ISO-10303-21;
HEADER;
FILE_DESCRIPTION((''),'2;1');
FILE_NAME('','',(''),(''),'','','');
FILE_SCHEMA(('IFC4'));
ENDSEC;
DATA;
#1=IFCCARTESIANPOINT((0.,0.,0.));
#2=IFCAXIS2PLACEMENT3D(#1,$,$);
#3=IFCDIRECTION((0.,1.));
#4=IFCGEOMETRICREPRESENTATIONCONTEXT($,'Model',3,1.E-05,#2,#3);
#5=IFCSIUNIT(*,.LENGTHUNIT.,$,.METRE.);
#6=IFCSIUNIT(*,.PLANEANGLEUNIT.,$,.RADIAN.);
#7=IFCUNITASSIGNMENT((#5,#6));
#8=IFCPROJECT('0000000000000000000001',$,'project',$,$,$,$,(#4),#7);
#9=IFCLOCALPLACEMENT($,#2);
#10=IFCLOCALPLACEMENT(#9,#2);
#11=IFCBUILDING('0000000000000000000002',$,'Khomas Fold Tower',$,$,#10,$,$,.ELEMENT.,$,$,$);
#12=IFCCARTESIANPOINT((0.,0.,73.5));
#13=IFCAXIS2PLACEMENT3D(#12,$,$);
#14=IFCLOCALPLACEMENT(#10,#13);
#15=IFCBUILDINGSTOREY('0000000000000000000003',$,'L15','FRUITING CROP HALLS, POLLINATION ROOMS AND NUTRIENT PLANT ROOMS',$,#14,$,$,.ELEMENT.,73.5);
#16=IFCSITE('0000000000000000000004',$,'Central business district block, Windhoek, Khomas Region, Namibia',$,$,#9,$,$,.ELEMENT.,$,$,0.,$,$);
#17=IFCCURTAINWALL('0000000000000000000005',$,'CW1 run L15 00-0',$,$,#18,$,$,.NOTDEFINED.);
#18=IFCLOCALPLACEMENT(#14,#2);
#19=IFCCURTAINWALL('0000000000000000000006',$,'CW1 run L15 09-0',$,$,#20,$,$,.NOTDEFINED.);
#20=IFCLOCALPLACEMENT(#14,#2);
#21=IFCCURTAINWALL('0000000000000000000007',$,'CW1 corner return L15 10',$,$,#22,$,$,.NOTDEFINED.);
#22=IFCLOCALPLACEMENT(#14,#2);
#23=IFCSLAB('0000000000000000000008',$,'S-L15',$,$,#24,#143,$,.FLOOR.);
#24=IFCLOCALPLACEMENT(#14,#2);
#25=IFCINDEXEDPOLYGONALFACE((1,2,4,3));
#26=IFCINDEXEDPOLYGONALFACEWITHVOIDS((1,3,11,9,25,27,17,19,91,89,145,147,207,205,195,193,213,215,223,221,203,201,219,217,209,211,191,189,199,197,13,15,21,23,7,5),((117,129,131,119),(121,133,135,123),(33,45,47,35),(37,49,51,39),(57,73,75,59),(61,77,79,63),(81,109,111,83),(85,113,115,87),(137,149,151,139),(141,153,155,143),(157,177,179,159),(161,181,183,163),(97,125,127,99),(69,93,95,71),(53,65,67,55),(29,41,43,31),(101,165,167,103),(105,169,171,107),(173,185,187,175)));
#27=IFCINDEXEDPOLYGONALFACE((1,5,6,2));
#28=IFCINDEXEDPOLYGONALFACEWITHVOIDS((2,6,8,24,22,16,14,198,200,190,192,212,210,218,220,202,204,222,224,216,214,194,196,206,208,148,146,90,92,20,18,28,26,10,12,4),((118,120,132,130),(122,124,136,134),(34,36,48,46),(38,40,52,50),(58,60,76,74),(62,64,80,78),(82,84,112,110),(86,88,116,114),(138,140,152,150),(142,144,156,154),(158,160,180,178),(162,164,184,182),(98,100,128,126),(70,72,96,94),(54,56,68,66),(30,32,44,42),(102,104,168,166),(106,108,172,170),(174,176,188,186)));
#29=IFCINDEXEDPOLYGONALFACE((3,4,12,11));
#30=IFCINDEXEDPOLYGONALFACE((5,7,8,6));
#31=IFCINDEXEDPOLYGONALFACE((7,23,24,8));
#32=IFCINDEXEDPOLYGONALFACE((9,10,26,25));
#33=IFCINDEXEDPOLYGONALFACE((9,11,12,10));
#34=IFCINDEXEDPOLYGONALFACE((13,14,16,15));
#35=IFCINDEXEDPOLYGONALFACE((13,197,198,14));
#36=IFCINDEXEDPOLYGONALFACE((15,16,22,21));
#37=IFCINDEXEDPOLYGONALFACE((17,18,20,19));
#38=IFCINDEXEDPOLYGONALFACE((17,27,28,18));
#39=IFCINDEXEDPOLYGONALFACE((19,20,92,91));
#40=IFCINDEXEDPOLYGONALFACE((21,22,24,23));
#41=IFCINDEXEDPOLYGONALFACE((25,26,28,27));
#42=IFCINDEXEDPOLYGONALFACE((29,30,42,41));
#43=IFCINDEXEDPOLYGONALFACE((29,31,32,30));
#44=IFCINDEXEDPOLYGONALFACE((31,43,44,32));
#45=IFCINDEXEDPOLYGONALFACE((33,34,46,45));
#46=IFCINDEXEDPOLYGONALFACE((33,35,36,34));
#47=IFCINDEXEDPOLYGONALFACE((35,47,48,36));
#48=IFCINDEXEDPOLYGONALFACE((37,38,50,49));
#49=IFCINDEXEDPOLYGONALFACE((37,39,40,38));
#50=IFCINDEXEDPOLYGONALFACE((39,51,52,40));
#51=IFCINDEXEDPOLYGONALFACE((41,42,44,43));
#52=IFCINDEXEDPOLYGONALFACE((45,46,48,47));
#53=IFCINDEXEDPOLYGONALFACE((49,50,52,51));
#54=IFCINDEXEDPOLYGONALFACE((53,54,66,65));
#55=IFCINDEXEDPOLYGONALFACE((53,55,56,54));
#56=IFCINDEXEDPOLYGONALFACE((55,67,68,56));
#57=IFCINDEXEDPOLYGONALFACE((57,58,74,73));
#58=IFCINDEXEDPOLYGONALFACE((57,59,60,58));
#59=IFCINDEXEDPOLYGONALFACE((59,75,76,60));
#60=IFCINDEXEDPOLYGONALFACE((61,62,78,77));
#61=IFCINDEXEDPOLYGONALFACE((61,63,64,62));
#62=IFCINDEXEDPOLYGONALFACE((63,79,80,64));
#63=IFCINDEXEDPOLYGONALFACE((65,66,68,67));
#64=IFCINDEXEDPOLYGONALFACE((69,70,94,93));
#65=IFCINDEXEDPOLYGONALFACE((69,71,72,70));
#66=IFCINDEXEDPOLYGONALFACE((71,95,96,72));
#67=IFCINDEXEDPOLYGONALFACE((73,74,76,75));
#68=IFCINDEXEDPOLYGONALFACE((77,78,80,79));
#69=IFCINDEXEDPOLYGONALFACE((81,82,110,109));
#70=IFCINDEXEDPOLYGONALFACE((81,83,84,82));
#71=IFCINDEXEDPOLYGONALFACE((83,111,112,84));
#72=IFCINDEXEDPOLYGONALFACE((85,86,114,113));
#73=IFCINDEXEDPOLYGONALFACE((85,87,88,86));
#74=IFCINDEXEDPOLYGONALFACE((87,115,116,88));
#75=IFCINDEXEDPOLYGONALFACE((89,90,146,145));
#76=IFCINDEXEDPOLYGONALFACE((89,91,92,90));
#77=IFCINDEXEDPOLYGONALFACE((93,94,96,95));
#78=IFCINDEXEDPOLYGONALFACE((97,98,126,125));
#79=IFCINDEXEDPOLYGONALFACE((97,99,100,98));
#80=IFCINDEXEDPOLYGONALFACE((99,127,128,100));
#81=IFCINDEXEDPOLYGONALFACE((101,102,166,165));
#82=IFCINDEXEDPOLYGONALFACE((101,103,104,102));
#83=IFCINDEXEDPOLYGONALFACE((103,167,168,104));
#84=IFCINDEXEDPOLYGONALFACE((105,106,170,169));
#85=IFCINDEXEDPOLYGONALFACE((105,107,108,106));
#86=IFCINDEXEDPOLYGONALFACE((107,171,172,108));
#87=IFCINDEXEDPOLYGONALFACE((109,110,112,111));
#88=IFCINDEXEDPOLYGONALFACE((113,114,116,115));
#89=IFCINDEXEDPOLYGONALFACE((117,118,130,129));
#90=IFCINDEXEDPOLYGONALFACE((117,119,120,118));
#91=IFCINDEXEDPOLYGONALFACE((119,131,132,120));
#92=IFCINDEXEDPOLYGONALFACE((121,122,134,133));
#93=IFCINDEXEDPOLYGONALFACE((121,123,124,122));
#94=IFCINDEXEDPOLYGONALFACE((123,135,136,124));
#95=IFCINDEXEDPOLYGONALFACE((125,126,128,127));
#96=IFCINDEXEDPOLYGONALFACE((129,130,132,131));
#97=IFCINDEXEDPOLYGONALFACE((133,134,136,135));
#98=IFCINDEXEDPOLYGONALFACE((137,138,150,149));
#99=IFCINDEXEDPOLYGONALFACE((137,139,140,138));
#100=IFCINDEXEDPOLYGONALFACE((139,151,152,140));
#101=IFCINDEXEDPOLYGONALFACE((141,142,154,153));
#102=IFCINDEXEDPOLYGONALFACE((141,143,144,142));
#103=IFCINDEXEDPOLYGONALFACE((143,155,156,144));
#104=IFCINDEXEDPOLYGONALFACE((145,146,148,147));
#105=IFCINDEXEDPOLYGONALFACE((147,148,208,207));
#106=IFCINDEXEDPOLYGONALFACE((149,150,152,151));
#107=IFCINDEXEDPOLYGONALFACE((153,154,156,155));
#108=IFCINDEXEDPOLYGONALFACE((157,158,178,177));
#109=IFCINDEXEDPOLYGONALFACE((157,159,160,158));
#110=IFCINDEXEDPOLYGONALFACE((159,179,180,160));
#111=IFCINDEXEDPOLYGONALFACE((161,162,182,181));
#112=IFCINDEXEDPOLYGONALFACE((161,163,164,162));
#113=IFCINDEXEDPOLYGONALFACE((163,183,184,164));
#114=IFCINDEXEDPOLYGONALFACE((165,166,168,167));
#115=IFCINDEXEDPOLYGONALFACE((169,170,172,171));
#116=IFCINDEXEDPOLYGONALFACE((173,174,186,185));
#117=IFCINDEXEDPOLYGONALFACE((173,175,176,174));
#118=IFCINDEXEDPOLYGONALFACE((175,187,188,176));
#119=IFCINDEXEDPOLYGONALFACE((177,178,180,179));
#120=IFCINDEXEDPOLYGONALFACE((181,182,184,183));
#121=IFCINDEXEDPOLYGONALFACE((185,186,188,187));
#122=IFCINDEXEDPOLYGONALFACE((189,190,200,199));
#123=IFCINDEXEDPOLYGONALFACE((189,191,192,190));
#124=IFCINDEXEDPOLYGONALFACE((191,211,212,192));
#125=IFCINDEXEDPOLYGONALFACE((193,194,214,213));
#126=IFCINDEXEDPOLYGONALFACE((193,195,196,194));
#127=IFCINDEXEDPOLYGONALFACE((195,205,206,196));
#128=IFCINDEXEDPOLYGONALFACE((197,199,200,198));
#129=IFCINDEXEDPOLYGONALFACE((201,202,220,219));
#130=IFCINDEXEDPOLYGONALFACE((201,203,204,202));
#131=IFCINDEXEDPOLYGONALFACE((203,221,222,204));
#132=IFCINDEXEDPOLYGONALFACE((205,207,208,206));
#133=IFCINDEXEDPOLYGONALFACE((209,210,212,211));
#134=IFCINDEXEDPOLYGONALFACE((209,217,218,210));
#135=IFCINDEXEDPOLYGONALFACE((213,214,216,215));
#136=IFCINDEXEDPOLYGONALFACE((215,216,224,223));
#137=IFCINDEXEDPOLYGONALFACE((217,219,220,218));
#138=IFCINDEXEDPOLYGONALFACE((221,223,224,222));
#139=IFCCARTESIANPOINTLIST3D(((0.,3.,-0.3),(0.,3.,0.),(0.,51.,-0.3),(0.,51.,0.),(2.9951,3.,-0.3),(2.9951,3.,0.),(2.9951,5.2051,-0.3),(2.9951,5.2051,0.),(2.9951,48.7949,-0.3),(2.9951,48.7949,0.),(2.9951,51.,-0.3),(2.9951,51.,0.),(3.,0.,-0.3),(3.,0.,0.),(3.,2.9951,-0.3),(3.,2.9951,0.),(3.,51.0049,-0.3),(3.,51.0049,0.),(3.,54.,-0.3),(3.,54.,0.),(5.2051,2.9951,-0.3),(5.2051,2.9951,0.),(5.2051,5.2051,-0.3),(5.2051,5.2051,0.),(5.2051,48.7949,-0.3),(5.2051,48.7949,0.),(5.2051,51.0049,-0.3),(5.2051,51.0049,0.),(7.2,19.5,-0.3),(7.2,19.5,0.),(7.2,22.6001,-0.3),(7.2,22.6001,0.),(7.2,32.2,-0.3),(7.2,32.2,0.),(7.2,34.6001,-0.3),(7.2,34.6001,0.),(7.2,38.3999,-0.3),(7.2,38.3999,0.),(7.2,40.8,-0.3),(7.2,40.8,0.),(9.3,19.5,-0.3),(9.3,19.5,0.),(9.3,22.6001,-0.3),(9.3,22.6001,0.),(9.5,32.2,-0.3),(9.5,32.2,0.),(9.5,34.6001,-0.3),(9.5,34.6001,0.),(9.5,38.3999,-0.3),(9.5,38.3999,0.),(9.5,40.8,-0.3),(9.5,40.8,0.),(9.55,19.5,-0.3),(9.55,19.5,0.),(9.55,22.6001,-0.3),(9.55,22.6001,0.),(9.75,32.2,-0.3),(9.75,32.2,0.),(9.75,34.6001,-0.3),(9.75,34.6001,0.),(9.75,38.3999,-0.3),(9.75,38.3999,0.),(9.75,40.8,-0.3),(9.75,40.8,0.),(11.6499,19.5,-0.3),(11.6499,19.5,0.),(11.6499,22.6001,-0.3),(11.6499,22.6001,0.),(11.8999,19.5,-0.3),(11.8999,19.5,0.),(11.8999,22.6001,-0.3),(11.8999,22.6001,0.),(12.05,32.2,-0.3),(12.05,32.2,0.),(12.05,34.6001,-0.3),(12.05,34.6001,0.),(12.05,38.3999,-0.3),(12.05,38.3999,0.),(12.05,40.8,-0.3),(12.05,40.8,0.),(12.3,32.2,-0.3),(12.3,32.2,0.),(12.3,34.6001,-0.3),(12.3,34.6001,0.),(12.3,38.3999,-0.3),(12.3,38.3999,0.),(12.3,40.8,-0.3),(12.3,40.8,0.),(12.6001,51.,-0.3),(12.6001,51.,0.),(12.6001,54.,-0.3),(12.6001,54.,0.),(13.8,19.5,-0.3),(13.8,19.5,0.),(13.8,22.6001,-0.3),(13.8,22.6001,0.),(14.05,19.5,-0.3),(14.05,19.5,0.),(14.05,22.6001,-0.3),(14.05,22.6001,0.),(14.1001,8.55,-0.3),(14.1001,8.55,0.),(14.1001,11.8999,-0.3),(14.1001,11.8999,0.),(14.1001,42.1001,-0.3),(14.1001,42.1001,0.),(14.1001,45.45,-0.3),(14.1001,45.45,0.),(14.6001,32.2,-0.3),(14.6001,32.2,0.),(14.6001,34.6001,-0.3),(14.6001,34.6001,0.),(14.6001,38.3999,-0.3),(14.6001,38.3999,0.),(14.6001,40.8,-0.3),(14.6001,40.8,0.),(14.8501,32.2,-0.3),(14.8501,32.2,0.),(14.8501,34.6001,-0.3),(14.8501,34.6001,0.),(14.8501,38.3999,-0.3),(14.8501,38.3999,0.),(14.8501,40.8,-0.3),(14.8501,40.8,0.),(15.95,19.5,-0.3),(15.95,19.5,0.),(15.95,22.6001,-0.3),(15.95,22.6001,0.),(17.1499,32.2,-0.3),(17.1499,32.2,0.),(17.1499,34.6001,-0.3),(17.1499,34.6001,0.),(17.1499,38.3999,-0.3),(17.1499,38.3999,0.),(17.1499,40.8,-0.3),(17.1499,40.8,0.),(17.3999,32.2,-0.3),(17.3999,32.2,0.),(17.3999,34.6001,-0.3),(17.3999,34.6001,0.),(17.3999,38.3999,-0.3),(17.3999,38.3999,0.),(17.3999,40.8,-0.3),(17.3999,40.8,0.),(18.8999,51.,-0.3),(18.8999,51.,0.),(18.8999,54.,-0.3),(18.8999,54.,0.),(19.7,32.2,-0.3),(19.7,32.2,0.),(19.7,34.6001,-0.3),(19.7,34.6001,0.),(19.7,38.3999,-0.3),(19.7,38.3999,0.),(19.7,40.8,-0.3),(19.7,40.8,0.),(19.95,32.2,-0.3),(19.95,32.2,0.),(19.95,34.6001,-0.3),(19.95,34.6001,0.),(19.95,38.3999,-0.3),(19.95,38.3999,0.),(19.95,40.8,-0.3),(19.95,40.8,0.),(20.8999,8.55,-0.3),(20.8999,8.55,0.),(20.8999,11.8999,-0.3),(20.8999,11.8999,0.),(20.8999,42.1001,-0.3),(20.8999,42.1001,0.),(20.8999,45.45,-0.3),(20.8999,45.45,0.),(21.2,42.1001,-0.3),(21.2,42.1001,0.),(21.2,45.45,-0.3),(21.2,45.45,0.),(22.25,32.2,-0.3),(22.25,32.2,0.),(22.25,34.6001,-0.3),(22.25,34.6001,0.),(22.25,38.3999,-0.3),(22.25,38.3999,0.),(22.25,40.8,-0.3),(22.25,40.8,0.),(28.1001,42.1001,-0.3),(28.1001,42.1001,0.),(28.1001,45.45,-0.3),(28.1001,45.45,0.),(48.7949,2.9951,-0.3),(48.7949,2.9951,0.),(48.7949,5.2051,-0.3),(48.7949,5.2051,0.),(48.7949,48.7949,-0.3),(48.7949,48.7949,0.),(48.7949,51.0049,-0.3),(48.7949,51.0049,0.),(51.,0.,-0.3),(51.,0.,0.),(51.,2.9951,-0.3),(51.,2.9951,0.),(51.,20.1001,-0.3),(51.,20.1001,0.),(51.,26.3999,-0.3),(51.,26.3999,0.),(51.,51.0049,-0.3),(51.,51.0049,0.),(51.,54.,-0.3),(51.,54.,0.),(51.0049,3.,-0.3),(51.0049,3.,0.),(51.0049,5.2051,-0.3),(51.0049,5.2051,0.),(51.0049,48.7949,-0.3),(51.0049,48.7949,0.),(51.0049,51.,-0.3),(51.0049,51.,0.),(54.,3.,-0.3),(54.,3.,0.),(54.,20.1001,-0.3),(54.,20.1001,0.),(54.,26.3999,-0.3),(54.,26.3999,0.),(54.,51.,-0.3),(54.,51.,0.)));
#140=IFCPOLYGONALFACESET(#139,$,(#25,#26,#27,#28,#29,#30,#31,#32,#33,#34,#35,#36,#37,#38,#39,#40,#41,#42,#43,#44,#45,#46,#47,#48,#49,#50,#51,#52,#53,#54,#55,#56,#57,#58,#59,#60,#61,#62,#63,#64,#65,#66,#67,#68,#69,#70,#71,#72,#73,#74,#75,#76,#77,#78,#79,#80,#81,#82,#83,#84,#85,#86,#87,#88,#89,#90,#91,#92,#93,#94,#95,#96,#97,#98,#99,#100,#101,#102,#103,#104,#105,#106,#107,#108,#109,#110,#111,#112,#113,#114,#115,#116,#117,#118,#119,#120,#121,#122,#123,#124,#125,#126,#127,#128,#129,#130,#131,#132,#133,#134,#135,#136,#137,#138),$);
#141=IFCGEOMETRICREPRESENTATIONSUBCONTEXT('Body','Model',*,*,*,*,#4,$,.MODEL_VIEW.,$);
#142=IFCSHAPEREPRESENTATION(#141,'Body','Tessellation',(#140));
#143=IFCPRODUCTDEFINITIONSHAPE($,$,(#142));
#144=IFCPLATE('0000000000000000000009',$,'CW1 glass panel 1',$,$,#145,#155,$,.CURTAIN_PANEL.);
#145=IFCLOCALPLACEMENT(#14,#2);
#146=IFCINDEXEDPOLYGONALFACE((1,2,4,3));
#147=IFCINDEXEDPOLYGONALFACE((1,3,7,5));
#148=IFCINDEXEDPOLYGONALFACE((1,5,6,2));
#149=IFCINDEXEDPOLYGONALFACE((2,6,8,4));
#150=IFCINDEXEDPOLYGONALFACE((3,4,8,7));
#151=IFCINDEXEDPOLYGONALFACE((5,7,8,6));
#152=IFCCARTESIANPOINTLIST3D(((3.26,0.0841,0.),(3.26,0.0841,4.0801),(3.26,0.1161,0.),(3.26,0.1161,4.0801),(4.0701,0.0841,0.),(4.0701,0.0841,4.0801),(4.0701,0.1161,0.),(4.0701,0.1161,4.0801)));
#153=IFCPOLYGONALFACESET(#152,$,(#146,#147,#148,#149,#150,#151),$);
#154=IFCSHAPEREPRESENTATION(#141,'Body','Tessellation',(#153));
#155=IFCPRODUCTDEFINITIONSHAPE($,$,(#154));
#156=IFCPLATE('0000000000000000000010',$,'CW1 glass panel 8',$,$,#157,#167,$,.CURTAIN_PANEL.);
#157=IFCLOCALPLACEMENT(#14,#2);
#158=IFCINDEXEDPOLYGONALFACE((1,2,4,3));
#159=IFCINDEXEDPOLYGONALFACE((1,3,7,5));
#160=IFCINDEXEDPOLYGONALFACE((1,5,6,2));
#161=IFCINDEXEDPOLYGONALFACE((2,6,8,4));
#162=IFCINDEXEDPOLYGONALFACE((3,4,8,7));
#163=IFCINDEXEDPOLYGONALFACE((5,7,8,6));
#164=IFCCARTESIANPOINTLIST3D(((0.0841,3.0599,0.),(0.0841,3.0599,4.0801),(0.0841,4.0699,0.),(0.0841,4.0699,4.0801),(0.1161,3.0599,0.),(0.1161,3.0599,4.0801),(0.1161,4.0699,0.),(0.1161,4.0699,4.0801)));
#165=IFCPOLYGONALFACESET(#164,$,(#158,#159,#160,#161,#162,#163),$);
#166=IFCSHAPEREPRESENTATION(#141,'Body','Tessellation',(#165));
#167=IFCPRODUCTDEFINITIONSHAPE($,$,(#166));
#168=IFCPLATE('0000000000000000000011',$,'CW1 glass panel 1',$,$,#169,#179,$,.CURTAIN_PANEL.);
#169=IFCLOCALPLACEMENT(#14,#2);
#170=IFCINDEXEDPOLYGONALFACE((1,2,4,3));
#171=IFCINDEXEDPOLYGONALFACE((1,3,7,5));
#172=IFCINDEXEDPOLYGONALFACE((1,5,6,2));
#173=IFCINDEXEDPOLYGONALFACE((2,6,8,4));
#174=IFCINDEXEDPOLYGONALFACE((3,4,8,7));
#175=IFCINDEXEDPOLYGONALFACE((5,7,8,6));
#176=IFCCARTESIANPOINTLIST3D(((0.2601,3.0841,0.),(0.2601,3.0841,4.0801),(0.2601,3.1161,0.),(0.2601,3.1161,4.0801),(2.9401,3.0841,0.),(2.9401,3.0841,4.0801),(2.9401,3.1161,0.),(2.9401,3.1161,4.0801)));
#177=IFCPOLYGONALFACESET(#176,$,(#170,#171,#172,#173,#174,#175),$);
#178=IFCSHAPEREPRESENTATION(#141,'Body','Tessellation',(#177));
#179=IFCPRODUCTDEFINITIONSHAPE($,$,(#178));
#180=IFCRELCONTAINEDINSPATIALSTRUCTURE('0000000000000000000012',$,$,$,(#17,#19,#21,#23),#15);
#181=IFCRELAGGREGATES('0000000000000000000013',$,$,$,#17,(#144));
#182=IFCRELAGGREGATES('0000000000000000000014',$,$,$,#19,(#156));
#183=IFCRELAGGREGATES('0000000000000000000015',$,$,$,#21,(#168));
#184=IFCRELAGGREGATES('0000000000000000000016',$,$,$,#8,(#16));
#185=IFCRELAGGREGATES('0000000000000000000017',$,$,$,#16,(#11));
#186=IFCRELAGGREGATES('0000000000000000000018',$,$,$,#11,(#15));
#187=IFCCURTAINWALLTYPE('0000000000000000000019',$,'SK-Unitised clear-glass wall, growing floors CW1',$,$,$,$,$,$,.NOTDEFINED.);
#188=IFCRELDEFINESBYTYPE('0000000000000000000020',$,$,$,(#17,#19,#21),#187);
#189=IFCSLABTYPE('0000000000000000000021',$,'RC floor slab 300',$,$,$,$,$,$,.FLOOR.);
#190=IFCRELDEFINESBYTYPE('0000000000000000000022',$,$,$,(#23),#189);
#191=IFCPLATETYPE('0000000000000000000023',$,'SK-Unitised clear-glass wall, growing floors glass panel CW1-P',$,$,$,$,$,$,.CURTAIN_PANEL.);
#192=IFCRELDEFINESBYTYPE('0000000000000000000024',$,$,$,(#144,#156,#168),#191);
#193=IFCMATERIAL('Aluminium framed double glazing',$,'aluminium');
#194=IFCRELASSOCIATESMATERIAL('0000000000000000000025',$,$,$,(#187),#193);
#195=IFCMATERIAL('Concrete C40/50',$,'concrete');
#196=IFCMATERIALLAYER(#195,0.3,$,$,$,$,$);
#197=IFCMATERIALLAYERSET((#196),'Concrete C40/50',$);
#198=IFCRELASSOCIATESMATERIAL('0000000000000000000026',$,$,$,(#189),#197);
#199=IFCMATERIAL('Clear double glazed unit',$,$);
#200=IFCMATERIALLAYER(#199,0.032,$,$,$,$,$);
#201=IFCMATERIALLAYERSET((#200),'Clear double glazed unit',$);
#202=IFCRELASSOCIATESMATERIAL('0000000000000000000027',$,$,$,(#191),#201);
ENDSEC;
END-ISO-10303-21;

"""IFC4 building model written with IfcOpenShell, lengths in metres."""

from ifc_helpers import new_model, si_unit, direction, frame, origin, origin_2d, place, context, subcontext, project, spatial, polyline, rectangle, outline, extrude, source, transform, mapped, material, layer, layer_set, type_object, element, aggregate, save


model = new_model("IFC4")

# Units and contexts
model_context = context("Model", 3, precision=1e-05, world=origin(), true_north=direction((0.0, 1.0)))
body_context = subcontext(model_context, "Body", "Model", "MODEL_VIEW")
ifc_project = project(units=[si_unit("LENGTHUNIT", "METRE"), si_unit("PLANEANGLEUNIT", "RADIAN")], contexts=[model_context])

# Site, building, storey
site_placement = place(None, origin())
site = spatial("IfcSite", under=ifc_project, at=site_placement, Name="Central business district block, Windhoek, Khomas Region, Namibia", CompositionType="ELEMENT", RefElevation=0.0)
building_placement = place(site_placement, origin())
building = spatial("IfcBuilding", under=site, at=building_placement, Name="Khomas Fold Tower", CompositionType="ELEMENT")
storey_placement = place(building_placement, frame((0.0, 0.0, 73.5)))
storey = spatial("IfcBuildingStorey", under=building, at=storey_placement, Name="L15", Description="FRUITING CROP HALLS, POLLINATION ROOMS AND NUTRIENT PLANT ROOMS", CompositionType="ELEMENT", Elevation=73.5)

# Curtain walls
ifc_material_1 = material(Name="Aluminium framed double glazing", Category="aluminium")
curtain_wall_type = type_object("IfcCurtainWallType", Name="SK-Unitised clear-glass wall, growing floors CW1", PredefinedType="NOTDEFINED", material=ifc_material_1)
curtain_wall_1_placement = place(storey_placement, origin())
curtain_wall_1 = element("IfcCurtainWall", 1, at=curtain_wall_1_placement, inside=storey, type_object=curtain_wall_type, Name="CW1 run L15 00-0", PredefinedType="NOTDEFINED")
curtain_wall_2_placement = place(storey_placement, origin())
curtain_wall_2 = element("IfcCurtainWall", 2, at=curtain_wall_2_placement, inside=storey, type_object=curtain_wall_type, Name="CW1 run L15 09-0", PredefinedType="NOTDEFINED")
curtain_wall_3_placement = place(storey_placement, origin())
curtain_wall_3 = element("IfcCurtainWall", 3, at=curtain_wall_3_placement, inside=storey, type_object=curtain_wall_type, Name="CW1 corner return L15 10", PredefinedType="NOTDEFINED")

# Slab
ifc_material_2 = material(Name="Concrete C40/50", Category="concrete")
ifc_layer_1 = layer(ifc_material_2, 0.3)
ifc_layer_set_1 = layer_set([ifc_layer_1], Name="Concrete C40/50")
slab_type_1 = type_object("IfcSlabType", Name="RC floor slab 300", PredefinedType="FLOOR", material=ifc_layer_set_1)
shared_shape_1 = source(origin(), body_context, "Body", "SweptSolid", [
    extrude(outline(polyline([(0.0, 3.0), (2.9951, 3.0), (2.9951, 5.2051), (5.2051, 5.2051), (5.2051, 2.9951), (3.0, 2.9951), (3.0, 0.0), (51.0, 0.0), (51.0, 2.9951), (48.7949, 2.9951), (48.7949, 5.2051), (51.0049, 5.2051), (51.0049, 3.0), (54.0, 3.0), (54.0, 20.1001), (51.0, 20.1001), (51.0, 26.3999), (54.0, 26.3999), (54.0, 51.0), (51.0049, 51.0), (51.0049, 48.7949), (48.7949, 48.7949), (48.7949, 51.0049), (51.0, 51.0049), (51.0, 54.0), (18.8999, 54.0), (18.8999, 51.0), (12.6001, 51.0), (12.6001, 54.0), (3.0, 54.0), (3.0, 51.0049), (5.2051, 51.0049), (5.2051, 48.7949), (2.9951, 48.7949), (2.9951, 51.0), (0.0, 51.0), (0.0, 3.0)]), holes=[polyline([(7.2, 19.5), (7.2, 22.6001), (9.3, 22.6001), (9.3, 19.5), (7.2, 19.5)]), polyline([(7.2, 32.2), (7.2, 34.6001), (9.5, 34.6001), (9.5, 32.2), (7.2, 32.2)]), polyline([(7.2, 38.3999), (7.2, 40.8), (9.5, 40.8), (9.5, 38.3999), (7.2, 38.3999)]), polyline([(9.55, 19.5), (9.55, 22.6001), (11.6499, 22.6001), (11.6499, 19.5), (9.55, 19.5)]), polyline([(9.75, 32.2), (9.75, 34.6001), (12.05, 34.6001), (12.05, 32.2), (9.75, 32.2)]), polyline([(9.75, 38.3999), (9.75, 40.8), (12.05, 40.8), (12.05, 38.3999), (9.75, 38.3999)]), polyline([(11.8999, 19.5), (11.8999, 22.6001), (13.8, 22.6001), (13.8, 19.5), (11.8999, 19.5)]), polyline([(12.3, 32.2), (12.3, 34.6001), (14.6001, 34.6001), (14.6001, 32.2), (12.3, 32.2)]), polyline([(12.3, 38.3999), (12.3, 40.8), (14.6001, 40.8), (14.6001, 38.3999), (12.3, 38.3999)]), polyline([(14.05, 19.5), (14.05, 22.6001), (15.95, 22.6001), (15.95, 19.5), (14.05, 19.5)]), polyline([(14.1001, 8.55), (14.1001, 11.8999), (20.8999, 11.8999), (20.8999, 8.55), (14.1001, 8.55)]), polyline([(14.1001, 42.1001), (14.1001, 45.45), (20.8999, 45.45), (20.8999, 42.1001), (14.1001, 42.1001)]), polyline([(14.8501, 32.2), (14.8501, 34.6001), (17.1499, 34.6001), (17.1499, 32.2), (14.8501, 32.2)]), polyline([(14.8501, 38.3999), (14.8501, 40.8), (17.1499, 40.8), (17.1499, 38.3999), (14.8501, 38.3999)]), polyline([(17.3999, 32.2), (17.3999, 34.6001), (19.7, 34.6001), (19.7, 32.2), (17.3999, 32.2)]), polyline([(17.3999, 38.3999), (17.3999, 40.8), (19.7, 40.8), (19.7, 38.3999), (17.3999, 38.3999)]), polyline([(19.95, 32.2), (19.95, 34.6001), (22.25, 34.6001), (22.25, 32.2), (19.95, 32.2)]), polyline([(19.95, 38.3999), (19.95, 40.8), (22.25, 40.8), (22.25, 38.3999), (19.95, 38.3999)]), polyline([(21.2, 42.1001), (21.2, 45.45), (28.1001, 45.45), (28.1001, 42.1001), (21.2, 42.1001)])]), origin(), (0.0, 0.0, 1.0), 0.3),
])
slab_1_placement = place(storey_placement, frame((0.0, 0.0, -0.3)))
element("IfcSlab", 4, at=slab_1_placement, inside=storey, type_object=slab_type_1, Name="S-L15", PredefinedType="FLOOR", context=body_context, shape_type="MappedRepresentation", body=[
    mapped(shared_shape_1, transform((0.0, 0.0, 0.0))),
])

# Plates
ifc_material_3 = material(Name="Clear double glazed unit")
ifc_layer_2 = layer(ifc_material_3, 0.032)
ifc_layer_set_2 = layer_set([ifc_layer_2], Name="Clear double glazed unit")
plate_type_1 = type_object("IfcPlateType", Name="SK-Unitised clear-glass wall, growing floors glass panel CW1-P", PredefinedType="CURTAIN_PANEL", material=ifc_layer_set_2)
shared_shape_2 = source(origin(), body_context, "Body", "SweptSolid", [
    extrude(rectangle(XDim=0.8101, YDim=0.032, at=origin_2d()), origin(), (0.0, 0.0, 1.0), 4.0801),
])
plate_1_placement = place(storey_placement, frame((3.665, 0.1001, 0.0), z_axis=(0.0, 0.0, 1.0), x_axis=(1.0, 0.0, 0.0)))
plate_1 = element("IfcPlate", 5, at=plate_1_placement, type_object=plate_type_1, Name="CW1 glass panel 1", PredefinedType="CURTAIN_PANEL", context=body_context, shape_type="MappedRepresentation", body=[
    mapped(shared_shape_2, transform((0.0, 0.0, 0.0))),
])
aggregate(curtain_wall_1, [plate_1])
shared_shape_3 = source(origin(), body_context, "Body", "SweptSolid", [
    extrude(rectangle(XDim=1.01, YDim=0.032, at=origin_2d()), origin(), (0.0, 0.0, 1.0), 4.0801),
])
plate_2_placement = place(storey_placement, frame((0.1001, 3.5649, 0.0), z_axis=(0.0, 0.0, 1.0), x_axis=(0.0, -1.0, 0.0)))
plate_2 = element("IfcPlate", 6, at=plate_2_placement, type_object=plate_type_1, Name="CW1 glass panel 8", PredefinedType="CURTAIN_PANEL", context=body_context, shape_type="MappedRepresentation", body=[
    mapped(shared_shape_3, transform((0.0, 0.0, 0.0))),
])
aggregate(curtain_wall_2, [plate_2])
shared_shape_4 = source(origin(), body_context, "Body", "SweptSolid", [
    extrude(rectangle(XDim=2.6799, YDim=0.032, at=origin_2d()), origin(), (0.0, 0.0, 1.0), 4.0801),
])
plate_3_placement = place(storey_placement, frame((1.6001, 3.1001, 0.0), z_axis=(0.0, 0.0, 1.0), x_axis=(1.0, 0.0, 0.0)))
plate_3 = element("IfcPlate", 7, at=plate_3_placement, type_object=plate_type_1, Name="CW1 glass panel 1", PredefinedType="CURTAIN_PANEL", context=body_context, shape_type="MappedRepresentation", body=[
    mapped(shared_shape_4, transform((0.0, 0.0, 0.0))),
])
aggregate(curtain_wall_3, [plate_3])

save(model, "model.ifc")
